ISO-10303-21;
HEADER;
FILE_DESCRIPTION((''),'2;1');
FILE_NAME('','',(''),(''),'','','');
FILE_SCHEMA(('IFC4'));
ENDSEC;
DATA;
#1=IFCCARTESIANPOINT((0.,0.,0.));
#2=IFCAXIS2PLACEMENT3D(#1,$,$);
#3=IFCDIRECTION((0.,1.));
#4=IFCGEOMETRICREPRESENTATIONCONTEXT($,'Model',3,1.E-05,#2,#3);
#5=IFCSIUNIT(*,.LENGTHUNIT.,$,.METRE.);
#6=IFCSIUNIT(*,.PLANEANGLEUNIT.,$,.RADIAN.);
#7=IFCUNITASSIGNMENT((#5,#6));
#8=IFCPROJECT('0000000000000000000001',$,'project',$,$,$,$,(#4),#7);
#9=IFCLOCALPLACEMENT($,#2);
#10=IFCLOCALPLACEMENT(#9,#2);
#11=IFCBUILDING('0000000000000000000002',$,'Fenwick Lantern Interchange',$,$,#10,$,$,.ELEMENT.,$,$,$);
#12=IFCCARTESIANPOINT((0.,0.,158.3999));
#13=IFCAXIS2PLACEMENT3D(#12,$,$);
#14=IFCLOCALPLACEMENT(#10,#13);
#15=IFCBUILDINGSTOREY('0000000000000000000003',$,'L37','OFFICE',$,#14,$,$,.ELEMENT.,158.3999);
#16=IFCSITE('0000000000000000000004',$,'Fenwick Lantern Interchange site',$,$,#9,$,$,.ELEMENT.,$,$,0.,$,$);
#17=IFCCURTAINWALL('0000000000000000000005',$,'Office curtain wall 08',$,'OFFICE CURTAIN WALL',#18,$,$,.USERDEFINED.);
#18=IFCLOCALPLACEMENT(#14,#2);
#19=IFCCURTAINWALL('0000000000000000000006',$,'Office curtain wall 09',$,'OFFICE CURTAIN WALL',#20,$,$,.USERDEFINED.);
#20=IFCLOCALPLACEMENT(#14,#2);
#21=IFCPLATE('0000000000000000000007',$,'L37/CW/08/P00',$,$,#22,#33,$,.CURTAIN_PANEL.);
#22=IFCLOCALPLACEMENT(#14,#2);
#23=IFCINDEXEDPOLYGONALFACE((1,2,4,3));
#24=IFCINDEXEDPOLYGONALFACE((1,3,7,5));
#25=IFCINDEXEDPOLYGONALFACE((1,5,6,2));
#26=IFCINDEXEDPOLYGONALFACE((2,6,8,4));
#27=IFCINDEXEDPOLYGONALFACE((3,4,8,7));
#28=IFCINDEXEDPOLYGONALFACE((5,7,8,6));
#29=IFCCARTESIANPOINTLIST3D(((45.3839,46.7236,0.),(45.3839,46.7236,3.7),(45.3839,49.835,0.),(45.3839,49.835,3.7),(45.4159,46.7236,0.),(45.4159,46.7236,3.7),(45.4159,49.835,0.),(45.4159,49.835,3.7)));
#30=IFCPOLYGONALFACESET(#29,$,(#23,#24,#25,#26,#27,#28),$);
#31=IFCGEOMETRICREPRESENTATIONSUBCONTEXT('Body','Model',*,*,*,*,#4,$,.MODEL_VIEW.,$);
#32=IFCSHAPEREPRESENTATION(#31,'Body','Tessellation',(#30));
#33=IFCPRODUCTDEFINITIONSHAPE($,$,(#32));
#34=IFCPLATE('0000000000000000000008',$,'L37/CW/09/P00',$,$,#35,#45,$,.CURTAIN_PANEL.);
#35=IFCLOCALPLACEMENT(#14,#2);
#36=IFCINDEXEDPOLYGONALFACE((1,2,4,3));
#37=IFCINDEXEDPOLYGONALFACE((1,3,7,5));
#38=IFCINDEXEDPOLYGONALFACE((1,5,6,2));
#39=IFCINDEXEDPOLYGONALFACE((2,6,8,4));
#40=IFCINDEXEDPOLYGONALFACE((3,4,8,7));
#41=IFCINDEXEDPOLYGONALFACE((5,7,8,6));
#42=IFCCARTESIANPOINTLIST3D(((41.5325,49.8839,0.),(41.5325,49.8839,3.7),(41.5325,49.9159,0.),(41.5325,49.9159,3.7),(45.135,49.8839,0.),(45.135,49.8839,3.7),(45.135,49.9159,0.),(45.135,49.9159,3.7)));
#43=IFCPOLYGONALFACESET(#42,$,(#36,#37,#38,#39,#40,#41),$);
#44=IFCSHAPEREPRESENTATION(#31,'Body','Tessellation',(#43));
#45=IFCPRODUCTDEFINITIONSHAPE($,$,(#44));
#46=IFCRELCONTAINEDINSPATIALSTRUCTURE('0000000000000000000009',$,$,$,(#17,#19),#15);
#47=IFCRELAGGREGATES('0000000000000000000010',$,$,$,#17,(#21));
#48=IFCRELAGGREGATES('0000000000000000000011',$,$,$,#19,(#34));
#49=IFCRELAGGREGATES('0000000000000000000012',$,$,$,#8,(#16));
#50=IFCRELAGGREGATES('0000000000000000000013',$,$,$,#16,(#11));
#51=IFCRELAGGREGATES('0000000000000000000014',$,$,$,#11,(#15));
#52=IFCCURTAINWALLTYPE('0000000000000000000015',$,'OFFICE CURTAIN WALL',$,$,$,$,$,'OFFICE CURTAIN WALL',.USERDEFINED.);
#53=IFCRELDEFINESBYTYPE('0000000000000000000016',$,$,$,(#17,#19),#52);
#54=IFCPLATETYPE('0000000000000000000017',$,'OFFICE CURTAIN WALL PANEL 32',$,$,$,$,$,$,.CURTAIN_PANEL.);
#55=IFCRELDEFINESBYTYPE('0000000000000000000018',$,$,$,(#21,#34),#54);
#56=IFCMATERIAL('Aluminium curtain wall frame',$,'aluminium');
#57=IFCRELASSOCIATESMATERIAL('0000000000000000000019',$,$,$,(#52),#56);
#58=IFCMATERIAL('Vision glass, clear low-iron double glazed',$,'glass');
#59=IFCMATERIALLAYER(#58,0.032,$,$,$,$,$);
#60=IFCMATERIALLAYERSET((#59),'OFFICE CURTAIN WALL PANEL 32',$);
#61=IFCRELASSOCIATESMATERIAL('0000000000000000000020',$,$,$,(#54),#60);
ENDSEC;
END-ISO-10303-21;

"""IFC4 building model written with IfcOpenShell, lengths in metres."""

from ifc_helpers import new_model, si_unit, direction, frame, origin, origin_2d, place, context, subcontext, project, spatial, rectangle, extrude, material, layer, layer_set, type_object, element, aggregate, save


model = new_model("IFC4")

# Units and contexts
model_context = context("Model", 3, precision=1e-05, world=origin(), true_north=direction((0.0, 1.0)))
body_context = subcontext(model_context, "Body", "Model", "MODEL_VIEW")
ifc_project = project(units=[si_unit("LENGTHUNIT", "METRE"), si_unit("PLANEANGLEUNIT", "RADIAN")], contexts=[model_context])

# Site, building, storey
site_placement = place(None, origin())
site = spatial("IfcSite", under=ifc_project, at=site_placement, Name="Fenwick Lantern Interchange site", CompositionType="ELEMENT", RefElevation=0.0)
building_placement = place(site_placement, origin())
building = spatial("IfcBuilding", under=site, at=building_placement, Name="Fenwick Lantern Interchange", CompositionType="ELEMENT")
storey_placement = place(building_placement, frame((0.0, 0.0, 158.3999)))
storey = spatial("IfcBuildingStorey", under=building, at=storey_placement, Name="L37", Description="OFFICE", CompositionType="ELEMENT", Elevation=158.3999)

# Curtain walls
ifc_material_1 = material(Name="Aluminium curtain wall frame", Category="aluminium")
curtain_wall_type = type_object("IfcCurtainWallType", Name="OFFICE CURTAIN WALL", ElementType="OFFICE CURTAIN WALL", PredefinedType="USERDEFINED", material=ifc_material_1)
curtain_wall_1_placement = place(storey_placement, origin())
curtain_wall_1 = element("IfcCurtainWall", 1, at=curtain_wall_1_placement, inside=storey, type_object=curtain_wall_type, Name="Office curtain wall 08", ObjectType="OFFICE CURTAIN WALL", PredefinedType="USERDEFINED")
curtain_wall_2_placement = place(storey_placement, origin())
curtain_wall_2 = element("IfcCurtainWall", 2, at=curtain_wall_2_placement, inside=storey, type_object=curtain_wall_type, Name="Office curtain wall 09", ObjectType="OFFICE CURTAIN WALL", PredefinedType="USERDEFINED")

# Plates
ifc_material_2 = material(Name="Vision glass, clear low-iron double glazed", Category="glass")
ifc_layer_1 = layer(ifc_material_2, 0.032)
ifc_layer_set_1 = layer_set([ifc_layer_1], Name="OFFICE CURTAIN WALL PANEL 32")
plate_type = type_object("IfcPlateType", Name="OFFICE CURTAIN WALL PANEL 32", PredefinedType="CURTAIN_PANEL", material=ifc_layer_set_1)
plate_1_placement = place(storey_placement, frame((45.3999, 48.2793, 0.0), z_axis=(0.0, 0.0, 1.0), x_axis=(0.0, 1.0, 0.0)))
plate_1 = element("IfcPlate", 3, at=plate_1_placement, type_object=plate_type, Name="L37/CW/08/P00", PredefinedType="CURTAIN_PANEL", context=body_context, shape_type="SweptSolid", body=[
    extrude(rectangle(XDim=3.1113, YDim=0.032, at=origin_2d()), origin(), (0.0, 0.0, 1.0), 3.7),
])
aggregate(curtain_wall_1, [plate_1])
plate_2_placement = place(storey_placement, frame((43.3337, 49.8999, 0.0), z_axis=(0.0, 0.0, 1.0), x_axis=(-1.0, 0.0, 0.0)))
plate_2 = element("IfcPlate", 4, at=plate_2_placement, type_object=plate_type, Name="L37/CW/09/P00", PredefinedType="CURTAIN_PANEL", context=body_context, shape_type="SweptSolid", body=[
    extrude(rectangle(XDim=3.6025, YDim=0.032, at=origin_2d()), origin(), (0.0, 0.0, 1.0), 3.7),
])
aggregate(curtain_wall_2, [plate_2])

save(model, "model.ifc")
